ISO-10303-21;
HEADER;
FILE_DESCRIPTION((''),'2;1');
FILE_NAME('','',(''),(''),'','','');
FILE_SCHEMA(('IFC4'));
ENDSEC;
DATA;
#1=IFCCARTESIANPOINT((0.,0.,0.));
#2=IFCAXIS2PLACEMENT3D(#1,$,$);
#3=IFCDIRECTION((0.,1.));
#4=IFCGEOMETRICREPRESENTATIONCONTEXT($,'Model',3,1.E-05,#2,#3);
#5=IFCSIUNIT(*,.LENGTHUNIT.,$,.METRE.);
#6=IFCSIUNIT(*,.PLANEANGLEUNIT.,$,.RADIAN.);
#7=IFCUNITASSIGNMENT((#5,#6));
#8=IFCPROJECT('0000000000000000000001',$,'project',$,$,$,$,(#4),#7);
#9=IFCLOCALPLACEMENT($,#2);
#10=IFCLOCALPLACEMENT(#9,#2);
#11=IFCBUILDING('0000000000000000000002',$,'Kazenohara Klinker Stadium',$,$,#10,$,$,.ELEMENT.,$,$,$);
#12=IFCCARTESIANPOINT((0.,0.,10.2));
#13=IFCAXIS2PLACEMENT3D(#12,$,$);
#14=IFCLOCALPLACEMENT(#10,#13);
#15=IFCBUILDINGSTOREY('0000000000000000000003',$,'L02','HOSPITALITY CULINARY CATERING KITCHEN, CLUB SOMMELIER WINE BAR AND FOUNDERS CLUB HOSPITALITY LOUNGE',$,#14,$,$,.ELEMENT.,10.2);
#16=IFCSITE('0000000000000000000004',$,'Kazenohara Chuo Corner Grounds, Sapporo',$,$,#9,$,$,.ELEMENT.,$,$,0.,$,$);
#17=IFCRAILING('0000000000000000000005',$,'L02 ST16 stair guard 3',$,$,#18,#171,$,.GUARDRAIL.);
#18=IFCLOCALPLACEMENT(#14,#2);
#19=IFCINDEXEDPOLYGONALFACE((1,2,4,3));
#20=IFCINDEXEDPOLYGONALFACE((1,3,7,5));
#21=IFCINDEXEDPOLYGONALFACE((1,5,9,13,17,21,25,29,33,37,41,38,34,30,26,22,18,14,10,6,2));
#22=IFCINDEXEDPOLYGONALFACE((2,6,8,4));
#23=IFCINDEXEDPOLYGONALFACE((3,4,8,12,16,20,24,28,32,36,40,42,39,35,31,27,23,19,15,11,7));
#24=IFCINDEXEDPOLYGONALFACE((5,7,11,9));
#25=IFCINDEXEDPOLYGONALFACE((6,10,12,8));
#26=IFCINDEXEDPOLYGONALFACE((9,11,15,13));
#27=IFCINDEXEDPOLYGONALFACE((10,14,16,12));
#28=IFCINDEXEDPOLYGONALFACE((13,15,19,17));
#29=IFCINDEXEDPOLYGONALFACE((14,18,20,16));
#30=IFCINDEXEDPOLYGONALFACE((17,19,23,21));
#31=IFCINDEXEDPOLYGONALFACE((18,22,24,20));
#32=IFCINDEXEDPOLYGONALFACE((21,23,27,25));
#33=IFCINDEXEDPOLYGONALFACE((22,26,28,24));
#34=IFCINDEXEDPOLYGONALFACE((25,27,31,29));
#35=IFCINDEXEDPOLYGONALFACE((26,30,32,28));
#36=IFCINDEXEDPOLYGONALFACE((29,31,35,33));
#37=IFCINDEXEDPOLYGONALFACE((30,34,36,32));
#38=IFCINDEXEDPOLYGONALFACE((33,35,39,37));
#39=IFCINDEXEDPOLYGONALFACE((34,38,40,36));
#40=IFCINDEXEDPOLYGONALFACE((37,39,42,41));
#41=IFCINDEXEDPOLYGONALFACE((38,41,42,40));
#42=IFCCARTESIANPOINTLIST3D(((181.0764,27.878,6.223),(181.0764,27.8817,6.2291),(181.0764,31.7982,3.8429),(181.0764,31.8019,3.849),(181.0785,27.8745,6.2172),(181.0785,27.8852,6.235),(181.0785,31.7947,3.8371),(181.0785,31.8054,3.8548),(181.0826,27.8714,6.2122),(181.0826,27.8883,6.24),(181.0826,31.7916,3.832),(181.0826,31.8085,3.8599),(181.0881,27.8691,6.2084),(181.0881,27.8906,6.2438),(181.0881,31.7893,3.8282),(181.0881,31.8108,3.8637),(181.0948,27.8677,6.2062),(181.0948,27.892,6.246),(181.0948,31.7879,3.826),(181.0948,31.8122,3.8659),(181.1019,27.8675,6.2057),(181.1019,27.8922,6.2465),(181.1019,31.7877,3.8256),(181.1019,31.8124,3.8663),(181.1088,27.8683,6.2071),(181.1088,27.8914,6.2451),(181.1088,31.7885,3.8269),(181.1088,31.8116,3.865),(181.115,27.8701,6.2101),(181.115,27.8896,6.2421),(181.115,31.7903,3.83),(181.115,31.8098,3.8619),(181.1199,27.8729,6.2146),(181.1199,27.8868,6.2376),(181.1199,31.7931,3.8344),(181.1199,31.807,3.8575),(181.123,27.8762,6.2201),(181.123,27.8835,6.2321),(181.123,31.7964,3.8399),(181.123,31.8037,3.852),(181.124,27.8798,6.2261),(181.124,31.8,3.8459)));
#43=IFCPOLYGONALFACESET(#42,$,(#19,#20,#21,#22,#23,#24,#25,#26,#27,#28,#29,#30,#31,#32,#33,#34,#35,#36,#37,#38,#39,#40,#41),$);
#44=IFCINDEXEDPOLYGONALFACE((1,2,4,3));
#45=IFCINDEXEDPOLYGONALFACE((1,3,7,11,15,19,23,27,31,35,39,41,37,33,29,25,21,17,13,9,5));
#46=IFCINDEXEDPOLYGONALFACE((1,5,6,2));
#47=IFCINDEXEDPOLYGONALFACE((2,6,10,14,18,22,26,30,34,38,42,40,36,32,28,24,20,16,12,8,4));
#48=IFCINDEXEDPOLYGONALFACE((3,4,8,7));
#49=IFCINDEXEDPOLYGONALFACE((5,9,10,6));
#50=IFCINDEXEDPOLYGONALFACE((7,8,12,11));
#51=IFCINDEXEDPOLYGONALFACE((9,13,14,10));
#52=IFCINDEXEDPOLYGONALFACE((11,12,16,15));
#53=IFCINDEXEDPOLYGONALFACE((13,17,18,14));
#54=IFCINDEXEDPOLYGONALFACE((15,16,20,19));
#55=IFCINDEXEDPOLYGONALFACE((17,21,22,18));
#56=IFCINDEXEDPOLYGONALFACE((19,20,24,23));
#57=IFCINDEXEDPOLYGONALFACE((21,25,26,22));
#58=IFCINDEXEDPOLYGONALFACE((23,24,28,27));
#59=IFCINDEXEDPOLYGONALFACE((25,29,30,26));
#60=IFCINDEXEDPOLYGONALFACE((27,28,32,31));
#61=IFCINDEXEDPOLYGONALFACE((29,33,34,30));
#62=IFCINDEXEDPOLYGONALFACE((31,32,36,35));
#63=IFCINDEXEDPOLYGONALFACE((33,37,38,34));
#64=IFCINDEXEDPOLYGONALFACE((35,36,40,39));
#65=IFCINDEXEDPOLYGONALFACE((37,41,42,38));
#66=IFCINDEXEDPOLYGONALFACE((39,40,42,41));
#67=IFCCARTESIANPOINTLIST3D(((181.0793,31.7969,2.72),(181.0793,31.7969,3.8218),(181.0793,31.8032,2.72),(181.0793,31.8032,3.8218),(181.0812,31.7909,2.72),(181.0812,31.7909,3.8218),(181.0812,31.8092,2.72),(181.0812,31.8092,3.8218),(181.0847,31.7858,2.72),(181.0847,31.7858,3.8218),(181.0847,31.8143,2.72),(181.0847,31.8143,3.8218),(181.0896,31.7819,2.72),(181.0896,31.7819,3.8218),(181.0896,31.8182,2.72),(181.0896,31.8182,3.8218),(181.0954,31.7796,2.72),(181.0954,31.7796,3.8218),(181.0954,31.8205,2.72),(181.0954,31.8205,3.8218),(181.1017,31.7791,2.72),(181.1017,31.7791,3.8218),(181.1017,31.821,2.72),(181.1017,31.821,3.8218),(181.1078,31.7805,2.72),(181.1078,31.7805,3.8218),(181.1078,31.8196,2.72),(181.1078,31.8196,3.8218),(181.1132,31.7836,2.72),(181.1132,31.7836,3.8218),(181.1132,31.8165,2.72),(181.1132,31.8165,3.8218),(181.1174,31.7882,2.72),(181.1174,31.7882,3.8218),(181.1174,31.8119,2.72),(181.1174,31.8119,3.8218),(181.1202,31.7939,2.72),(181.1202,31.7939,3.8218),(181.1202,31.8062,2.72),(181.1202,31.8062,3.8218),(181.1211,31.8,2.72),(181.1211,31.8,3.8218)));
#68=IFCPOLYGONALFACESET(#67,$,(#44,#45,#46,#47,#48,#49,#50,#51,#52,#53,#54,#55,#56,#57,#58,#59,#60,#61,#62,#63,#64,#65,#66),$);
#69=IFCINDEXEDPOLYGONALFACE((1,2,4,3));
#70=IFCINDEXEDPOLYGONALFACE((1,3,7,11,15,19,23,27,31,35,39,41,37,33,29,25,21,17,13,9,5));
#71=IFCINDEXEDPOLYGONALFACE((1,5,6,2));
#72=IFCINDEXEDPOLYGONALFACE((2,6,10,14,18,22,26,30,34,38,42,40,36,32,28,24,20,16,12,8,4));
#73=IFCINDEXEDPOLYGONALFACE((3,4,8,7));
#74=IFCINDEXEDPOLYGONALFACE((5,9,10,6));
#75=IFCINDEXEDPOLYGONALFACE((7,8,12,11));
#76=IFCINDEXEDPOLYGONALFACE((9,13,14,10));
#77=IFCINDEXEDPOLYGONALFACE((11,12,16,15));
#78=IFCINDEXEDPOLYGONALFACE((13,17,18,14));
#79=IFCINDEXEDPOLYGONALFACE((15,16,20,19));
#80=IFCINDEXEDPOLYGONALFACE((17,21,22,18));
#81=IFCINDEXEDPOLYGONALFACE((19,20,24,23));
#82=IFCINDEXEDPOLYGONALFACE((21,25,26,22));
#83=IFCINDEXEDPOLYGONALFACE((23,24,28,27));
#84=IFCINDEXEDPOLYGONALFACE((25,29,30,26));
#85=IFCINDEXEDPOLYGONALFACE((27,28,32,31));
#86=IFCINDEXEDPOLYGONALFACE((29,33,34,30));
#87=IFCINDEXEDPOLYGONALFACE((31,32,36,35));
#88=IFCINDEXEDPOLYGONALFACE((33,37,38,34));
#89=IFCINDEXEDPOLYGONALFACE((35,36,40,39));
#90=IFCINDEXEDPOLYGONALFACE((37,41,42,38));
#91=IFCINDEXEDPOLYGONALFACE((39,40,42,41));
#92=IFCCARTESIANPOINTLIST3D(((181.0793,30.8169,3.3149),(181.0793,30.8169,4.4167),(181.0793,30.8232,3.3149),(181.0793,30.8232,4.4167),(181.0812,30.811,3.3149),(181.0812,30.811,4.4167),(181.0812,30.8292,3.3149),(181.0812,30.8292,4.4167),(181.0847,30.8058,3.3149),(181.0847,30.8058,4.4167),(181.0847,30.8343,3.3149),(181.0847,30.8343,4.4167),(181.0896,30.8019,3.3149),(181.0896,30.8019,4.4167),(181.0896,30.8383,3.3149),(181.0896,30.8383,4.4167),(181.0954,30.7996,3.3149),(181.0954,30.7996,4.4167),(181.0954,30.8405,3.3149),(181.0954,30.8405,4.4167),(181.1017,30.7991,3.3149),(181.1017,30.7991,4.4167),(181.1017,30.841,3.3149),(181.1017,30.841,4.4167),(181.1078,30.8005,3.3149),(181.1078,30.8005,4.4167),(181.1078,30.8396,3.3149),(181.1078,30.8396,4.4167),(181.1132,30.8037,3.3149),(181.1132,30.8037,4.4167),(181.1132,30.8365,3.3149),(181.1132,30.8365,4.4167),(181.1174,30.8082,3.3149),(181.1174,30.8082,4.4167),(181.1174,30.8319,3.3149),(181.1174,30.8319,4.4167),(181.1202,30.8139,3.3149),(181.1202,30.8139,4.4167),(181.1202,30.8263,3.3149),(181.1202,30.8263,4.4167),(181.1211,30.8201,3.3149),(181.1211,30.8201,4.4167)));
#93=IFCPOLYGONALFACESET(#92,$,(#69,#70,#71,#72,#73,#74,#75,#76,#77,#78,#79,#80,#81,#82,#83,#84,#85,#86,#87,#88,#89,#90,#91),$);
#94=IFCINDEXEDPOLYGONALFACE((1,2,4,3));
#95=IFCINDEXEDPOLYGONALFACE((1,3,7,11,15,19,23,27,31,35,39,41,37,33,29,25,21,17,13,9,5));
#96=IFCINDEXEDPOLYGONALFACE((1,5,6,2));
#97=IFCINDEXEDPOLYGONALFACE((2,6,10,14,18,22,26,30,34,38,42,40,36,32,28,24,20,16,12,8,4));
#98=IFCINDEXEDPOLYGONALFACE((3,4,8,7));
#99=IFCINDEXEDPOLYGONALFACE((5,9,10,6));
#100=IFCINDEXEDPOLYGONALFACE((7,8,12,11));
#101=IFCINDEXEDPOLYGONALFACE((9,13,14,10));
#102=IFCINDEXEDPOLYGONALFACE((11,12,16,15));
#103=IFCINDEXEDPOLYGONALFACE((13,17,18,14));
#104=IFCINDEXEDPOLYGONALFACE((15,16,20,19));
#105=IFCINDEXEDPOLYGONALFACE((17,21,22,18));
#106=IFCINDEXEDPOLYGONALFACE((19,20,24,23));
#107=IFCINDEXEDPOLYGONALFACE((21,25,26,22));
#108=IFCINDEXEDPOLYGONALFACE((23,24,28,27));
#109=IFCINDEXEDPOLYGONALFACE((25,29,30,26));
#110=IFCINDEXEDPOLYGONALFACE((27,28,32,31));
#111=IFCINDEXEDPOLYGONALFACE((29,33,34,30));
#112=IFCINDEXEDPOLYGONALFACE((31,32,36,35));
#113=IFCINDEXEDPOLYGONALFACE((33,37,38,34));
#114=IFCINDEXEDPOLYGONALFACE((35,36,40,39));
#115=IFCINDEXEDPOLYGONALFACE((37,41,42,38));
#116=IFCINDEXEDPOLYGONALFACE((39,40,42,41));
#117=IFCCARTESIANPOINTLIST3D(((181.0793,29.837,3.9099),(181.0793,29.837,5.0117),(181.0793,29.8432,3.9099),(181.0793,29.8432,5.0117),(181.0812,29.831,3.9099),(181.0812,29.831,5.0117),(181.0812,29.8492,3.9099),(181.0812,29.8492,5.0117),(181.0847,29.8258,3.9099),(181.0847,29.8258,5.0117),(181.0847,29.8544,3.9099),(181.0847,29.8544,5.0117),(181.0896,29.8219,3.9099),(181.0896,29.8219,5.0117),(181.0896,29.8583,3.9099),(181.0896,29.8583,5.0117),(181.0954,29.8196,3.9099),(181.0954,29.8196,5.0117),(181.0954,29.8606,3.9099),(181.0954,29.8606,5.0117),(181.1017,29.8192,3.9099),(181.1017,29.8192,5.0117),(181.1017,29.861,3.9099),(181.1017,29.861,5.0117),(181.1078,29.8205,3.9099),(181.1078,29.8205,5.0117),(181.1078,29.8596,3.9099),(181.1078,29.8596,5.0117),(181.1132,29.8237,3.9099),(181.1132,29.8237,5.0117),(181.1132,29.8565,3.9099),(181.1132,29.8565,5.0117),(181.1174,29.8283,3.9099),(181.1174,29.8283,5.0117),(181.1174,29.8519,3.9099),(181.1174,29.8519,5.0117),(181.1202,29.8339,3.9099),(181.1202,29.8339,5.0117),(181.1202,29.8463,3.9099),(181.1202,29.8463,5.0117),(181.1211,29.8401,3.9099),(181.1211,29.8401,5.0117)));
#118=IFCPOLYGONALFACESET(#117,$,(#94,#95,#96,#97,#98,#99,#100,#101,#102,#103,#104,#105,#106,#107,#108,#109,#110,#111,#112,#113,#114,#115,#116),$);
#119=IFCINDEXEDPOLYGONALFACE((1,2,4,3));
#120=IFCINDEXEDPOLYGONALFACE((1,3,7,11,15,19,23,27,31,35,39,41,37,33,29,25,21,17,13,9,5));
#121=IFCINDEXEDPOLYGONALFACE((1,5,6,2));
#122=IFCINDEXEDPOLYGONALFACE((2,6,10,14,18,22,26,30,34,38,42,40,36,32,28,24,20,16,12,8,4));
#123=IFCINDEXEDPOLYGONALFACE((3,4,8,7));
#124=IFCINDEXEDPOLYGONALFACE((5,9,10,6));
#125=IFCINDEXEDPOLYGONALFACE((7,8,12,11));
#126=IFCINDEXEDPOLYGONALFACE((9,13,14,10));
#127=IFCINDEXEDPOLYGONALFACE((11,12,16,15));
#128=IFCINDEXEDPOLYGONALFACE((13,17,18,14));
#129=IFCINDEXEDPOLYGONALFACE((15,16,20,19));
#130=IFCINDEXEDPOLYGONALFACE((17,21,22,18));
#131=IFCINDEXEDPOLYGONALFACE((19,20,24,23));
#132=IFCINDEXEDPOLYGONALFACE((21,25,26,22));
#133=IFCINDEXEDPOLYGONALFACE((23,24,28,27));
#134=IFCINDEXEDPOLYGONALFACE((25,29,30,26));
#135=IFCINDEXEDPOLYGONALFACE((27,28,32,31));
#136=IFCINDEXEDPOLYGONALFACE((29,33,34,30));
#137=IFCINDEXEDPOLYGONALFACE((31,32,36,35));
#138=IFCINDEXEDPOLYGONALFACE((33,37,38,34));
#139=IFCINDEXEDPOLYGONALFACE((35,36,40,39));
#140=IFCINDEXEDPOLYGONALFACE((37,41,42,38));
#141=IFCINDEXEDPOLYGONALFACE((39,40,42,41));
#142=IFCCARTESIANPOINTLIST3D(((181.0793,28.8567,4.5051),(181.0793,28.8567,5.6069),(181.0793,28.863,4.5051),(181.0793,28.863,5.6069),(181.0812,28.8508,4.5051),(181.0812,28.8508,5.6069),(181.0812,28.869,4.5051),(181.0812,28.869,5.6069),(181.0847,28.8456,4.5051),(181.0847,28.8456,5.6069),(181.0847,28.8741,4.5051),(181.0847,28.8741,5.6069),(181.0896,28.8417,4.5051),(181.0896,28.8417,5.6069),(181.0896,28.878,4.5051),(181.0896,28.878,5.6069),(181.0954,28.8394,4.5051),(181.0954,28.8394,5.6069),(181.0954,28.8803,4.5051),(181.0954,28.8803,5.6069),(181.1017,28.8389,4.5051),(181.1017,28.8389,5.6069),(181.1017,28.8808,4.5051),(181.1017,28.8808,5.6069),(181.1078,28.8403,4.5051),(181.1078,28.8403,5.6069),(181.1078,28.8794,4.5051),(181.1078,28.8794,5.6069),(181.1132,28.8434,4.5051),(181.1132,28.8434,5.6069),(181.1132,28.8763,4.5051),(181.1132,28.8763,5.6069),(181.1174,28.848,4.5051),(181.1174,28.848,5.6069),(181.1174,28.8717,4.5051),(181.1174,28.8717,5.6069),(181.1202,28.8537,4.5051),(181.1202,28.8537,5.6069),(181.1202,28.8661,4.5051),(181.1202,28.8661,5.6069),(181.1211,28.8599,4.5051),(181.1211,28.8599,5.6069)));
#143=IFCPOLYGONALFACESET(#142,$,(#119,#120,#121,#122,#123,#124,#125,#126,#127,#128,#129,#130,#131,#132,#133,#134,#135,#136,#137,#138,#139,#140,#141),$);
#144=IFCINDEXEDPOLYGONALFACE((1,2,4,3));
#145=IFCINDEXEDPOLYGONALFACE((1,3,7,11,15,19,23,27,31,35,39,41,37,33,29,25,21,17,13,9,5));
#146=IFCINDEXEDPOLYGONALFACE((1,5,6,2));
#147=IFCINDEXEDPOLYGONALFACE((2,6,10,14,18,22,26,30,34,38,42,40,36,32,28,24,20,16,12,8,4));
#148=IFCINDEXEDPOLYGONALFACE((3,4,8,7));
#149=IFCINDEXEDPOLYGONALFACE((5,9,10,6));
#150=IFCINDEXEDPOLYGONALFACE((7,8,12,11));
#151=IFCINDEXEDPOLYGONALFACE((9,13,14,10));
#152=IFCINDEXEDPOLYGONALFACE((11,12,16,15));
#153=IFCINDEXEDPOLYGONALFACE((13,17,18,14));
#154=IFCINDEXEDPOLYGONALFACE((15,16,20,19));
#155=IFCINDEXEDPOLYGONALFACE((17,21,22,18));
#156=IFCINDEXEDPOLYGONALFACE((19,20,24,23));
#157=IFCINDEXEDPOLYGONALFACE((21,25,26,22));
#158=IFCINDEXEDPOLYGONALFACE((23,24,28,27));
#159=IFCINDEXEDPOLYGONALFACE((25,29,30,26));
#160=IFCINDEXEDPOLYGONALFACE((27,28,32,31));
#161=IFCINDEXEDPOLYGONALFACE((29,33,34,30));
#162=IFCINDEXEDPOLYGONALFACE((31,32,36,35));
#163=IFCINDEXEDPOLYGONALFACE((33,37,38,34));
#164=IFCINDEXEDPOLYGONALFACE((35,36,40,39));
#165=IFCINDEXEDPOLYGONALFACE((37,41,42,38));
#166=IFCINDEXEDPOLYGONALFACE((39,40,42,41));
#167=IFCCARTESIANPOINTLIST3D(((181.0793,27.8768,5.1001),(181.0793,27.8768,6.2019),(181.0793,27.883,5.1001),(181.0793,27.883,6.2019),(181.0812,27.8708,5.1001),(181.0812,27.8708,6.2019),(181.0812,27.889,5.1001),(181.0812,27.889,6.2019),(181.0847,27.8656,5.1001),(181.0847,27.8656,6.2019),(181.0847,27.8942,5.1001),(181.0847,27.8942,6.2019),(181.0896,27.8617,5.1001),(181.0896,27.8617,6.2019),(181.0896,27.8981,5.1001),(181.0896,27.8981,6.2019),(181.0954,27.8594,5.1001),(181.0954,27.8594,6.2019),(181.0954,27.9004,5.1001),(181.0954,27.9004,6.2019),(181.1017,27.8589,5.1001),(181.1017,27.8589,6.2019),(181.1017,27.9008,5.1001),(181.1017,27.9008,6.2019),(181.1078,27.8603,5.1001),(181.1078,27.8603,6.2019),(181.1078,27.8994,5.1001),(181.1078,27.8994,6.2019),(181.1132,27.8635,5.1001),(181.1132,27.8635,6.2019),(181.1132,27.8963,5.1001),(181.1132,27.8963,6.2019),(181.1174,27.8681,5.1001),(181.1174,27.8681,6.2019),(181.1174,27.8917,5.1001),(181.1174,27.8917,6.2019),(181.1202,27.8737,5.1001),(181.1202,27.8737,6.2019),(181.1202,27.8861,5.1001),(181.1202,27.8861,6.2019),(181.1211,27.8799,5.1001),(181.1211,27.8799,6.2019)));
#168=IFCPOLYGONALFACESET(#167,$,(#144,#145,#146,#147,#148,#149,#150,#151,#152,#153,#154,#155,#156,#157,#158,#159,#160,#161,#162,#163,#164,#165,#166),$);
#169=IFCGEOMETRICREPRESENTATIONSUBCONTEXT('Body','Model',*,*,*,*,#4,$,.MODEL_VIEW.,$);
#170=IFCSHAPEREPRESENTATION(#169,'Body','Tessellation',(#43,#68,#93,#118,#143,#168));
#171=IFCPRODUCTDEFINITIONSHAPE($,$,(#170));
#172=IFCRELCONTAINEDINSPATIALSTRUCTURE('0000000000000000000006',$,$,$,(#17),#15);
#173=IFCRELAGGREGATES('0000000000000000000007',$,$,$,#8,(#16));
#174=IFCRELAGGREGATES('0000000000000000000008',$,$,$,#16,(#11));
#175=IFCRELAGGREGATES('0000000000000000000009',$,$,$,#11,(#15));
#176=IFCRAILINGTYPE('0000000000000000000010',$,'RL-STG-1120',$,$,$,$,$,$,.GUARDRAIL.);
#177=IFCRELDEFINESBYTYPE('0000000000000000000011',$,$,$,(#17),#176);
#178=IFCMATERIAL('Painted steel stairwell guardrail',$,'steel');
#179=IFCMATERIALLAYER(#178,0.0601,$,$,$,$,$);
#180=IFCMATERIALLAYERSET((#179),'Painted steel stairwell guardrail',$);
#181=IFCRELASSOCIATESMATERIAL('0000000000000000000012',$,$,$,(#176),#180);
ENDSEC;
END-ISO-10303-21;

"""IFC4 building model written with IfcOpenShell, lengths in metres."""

from ifc_helpers import new_model, si_unit, direction, frame, origin, origin_2d, place, context, subcontext, project, spatial, circle, extrude, material, layer, layer_set, type_object, element, save


model = new_model("IFC4")

# Units and contexts
model_context = context("Model", 3, precision=1e-05, world=origin(), true_north=direction((0.0, 1.0)))
body_context = subcontext(model_context, "Body", "Model", "MODEL_VIEW")
ifc_project = project(units=[si_unit("LENGTHUNIT", "METRE"), si_unit("PLANEANGLEUNIT", "RADIAN")], contexts=[model_context])

# Site, building, storey
site_placement = place(None, origin())
site = spatial("IfcSite", under=ifc_project, at=site_placement, Name="Kazenohara Chuo Corner Grounds, Sapporo", CompositionType="ELEMENT", RefElevation=0.0)
building_placement = place(site_placement, origin())
building = spatial("IfcBuilding", under=site, at=building_placement, Name="Kazenohara Klinker Stadium", CompositionType="ELEMENT")
storey_placement = place(building_placement, frame((0.0, 0.0, 10.2)))
storey = spatial("IfcBuildingStorey", under=building, at=storey_placement, Name="L02", Description="HOSPITALITY CULINARY CATERING KITCHEN, CLUB SOMMELIER WINE BAR AND FOUNDERS CLUB HOSPITALITY LOUNGE", CompositionType="ELEMENT", Elevation=10.2)

# Railing
ifc_material_1 = material(Name="Painted steel stairwell guardrail", Category="steel")
ifc_layer_1 = layer(ifc_material_1, 0.0601)
ifc_layer_set_1 = layer_set([ifc_layer_1], Name="Painted steel stairwell guardrail")
railing_type_1 = type_object("IfcRailingType", Name="RL-STG-1120", PredefinedType="GUARDRAIL", material=ifc_layer_set_1)
railing_1_placement = place(storey_placement, frame((181.1001, 31.8, 2.72)))
element("IfcRailing", 1, at=railing_1_placement, inside=storey, type_object=railing_type_1, Name="L02 ST16 stair guard 3", PredefinedType="GUARDRAIL", context=body_context, shape_type="SweptSolid", body=[
    extrude(circle(Radius=0.0239, at=origin_2d()), frame((0.0, 0.0, 1.126), z_axis=(0.0, -0.854785, 0.518982), x_axis=(1.0, 0.0, 0.0)), (0.0, 0.0, 1.0), 4.5862),
    extrude(circle(Radius=0.021, at=origin_2d()), origin(), (0.0, 0.0, 1.0), 1.1018),
    extrude(circle(Radius=0.021, at=origin_2d()), frame((0.0, -0.98, 0.595)), (0.0, 0.0, 1.0), 1.1018),
    extrude(circle(Radius=0.021, at=origin_2d()), frame((0.0, -1.96, 1.1899)), (0.0, 0.0, 1.0), 1.1018),
    extrude(circle(Radius=0.021, at=origin_2d()), frame((0.0, -2.9402, 1.7852)), (0.0, 0.0, 1.0), 1.1018),
    extrude(circle(Radius=0.021, at=origin_2d()), frame((0.0, -3.9202, 2.3801)), (0.0, 0.0, 1.0), 1.1018),
])

save(model, "model.ifc")
